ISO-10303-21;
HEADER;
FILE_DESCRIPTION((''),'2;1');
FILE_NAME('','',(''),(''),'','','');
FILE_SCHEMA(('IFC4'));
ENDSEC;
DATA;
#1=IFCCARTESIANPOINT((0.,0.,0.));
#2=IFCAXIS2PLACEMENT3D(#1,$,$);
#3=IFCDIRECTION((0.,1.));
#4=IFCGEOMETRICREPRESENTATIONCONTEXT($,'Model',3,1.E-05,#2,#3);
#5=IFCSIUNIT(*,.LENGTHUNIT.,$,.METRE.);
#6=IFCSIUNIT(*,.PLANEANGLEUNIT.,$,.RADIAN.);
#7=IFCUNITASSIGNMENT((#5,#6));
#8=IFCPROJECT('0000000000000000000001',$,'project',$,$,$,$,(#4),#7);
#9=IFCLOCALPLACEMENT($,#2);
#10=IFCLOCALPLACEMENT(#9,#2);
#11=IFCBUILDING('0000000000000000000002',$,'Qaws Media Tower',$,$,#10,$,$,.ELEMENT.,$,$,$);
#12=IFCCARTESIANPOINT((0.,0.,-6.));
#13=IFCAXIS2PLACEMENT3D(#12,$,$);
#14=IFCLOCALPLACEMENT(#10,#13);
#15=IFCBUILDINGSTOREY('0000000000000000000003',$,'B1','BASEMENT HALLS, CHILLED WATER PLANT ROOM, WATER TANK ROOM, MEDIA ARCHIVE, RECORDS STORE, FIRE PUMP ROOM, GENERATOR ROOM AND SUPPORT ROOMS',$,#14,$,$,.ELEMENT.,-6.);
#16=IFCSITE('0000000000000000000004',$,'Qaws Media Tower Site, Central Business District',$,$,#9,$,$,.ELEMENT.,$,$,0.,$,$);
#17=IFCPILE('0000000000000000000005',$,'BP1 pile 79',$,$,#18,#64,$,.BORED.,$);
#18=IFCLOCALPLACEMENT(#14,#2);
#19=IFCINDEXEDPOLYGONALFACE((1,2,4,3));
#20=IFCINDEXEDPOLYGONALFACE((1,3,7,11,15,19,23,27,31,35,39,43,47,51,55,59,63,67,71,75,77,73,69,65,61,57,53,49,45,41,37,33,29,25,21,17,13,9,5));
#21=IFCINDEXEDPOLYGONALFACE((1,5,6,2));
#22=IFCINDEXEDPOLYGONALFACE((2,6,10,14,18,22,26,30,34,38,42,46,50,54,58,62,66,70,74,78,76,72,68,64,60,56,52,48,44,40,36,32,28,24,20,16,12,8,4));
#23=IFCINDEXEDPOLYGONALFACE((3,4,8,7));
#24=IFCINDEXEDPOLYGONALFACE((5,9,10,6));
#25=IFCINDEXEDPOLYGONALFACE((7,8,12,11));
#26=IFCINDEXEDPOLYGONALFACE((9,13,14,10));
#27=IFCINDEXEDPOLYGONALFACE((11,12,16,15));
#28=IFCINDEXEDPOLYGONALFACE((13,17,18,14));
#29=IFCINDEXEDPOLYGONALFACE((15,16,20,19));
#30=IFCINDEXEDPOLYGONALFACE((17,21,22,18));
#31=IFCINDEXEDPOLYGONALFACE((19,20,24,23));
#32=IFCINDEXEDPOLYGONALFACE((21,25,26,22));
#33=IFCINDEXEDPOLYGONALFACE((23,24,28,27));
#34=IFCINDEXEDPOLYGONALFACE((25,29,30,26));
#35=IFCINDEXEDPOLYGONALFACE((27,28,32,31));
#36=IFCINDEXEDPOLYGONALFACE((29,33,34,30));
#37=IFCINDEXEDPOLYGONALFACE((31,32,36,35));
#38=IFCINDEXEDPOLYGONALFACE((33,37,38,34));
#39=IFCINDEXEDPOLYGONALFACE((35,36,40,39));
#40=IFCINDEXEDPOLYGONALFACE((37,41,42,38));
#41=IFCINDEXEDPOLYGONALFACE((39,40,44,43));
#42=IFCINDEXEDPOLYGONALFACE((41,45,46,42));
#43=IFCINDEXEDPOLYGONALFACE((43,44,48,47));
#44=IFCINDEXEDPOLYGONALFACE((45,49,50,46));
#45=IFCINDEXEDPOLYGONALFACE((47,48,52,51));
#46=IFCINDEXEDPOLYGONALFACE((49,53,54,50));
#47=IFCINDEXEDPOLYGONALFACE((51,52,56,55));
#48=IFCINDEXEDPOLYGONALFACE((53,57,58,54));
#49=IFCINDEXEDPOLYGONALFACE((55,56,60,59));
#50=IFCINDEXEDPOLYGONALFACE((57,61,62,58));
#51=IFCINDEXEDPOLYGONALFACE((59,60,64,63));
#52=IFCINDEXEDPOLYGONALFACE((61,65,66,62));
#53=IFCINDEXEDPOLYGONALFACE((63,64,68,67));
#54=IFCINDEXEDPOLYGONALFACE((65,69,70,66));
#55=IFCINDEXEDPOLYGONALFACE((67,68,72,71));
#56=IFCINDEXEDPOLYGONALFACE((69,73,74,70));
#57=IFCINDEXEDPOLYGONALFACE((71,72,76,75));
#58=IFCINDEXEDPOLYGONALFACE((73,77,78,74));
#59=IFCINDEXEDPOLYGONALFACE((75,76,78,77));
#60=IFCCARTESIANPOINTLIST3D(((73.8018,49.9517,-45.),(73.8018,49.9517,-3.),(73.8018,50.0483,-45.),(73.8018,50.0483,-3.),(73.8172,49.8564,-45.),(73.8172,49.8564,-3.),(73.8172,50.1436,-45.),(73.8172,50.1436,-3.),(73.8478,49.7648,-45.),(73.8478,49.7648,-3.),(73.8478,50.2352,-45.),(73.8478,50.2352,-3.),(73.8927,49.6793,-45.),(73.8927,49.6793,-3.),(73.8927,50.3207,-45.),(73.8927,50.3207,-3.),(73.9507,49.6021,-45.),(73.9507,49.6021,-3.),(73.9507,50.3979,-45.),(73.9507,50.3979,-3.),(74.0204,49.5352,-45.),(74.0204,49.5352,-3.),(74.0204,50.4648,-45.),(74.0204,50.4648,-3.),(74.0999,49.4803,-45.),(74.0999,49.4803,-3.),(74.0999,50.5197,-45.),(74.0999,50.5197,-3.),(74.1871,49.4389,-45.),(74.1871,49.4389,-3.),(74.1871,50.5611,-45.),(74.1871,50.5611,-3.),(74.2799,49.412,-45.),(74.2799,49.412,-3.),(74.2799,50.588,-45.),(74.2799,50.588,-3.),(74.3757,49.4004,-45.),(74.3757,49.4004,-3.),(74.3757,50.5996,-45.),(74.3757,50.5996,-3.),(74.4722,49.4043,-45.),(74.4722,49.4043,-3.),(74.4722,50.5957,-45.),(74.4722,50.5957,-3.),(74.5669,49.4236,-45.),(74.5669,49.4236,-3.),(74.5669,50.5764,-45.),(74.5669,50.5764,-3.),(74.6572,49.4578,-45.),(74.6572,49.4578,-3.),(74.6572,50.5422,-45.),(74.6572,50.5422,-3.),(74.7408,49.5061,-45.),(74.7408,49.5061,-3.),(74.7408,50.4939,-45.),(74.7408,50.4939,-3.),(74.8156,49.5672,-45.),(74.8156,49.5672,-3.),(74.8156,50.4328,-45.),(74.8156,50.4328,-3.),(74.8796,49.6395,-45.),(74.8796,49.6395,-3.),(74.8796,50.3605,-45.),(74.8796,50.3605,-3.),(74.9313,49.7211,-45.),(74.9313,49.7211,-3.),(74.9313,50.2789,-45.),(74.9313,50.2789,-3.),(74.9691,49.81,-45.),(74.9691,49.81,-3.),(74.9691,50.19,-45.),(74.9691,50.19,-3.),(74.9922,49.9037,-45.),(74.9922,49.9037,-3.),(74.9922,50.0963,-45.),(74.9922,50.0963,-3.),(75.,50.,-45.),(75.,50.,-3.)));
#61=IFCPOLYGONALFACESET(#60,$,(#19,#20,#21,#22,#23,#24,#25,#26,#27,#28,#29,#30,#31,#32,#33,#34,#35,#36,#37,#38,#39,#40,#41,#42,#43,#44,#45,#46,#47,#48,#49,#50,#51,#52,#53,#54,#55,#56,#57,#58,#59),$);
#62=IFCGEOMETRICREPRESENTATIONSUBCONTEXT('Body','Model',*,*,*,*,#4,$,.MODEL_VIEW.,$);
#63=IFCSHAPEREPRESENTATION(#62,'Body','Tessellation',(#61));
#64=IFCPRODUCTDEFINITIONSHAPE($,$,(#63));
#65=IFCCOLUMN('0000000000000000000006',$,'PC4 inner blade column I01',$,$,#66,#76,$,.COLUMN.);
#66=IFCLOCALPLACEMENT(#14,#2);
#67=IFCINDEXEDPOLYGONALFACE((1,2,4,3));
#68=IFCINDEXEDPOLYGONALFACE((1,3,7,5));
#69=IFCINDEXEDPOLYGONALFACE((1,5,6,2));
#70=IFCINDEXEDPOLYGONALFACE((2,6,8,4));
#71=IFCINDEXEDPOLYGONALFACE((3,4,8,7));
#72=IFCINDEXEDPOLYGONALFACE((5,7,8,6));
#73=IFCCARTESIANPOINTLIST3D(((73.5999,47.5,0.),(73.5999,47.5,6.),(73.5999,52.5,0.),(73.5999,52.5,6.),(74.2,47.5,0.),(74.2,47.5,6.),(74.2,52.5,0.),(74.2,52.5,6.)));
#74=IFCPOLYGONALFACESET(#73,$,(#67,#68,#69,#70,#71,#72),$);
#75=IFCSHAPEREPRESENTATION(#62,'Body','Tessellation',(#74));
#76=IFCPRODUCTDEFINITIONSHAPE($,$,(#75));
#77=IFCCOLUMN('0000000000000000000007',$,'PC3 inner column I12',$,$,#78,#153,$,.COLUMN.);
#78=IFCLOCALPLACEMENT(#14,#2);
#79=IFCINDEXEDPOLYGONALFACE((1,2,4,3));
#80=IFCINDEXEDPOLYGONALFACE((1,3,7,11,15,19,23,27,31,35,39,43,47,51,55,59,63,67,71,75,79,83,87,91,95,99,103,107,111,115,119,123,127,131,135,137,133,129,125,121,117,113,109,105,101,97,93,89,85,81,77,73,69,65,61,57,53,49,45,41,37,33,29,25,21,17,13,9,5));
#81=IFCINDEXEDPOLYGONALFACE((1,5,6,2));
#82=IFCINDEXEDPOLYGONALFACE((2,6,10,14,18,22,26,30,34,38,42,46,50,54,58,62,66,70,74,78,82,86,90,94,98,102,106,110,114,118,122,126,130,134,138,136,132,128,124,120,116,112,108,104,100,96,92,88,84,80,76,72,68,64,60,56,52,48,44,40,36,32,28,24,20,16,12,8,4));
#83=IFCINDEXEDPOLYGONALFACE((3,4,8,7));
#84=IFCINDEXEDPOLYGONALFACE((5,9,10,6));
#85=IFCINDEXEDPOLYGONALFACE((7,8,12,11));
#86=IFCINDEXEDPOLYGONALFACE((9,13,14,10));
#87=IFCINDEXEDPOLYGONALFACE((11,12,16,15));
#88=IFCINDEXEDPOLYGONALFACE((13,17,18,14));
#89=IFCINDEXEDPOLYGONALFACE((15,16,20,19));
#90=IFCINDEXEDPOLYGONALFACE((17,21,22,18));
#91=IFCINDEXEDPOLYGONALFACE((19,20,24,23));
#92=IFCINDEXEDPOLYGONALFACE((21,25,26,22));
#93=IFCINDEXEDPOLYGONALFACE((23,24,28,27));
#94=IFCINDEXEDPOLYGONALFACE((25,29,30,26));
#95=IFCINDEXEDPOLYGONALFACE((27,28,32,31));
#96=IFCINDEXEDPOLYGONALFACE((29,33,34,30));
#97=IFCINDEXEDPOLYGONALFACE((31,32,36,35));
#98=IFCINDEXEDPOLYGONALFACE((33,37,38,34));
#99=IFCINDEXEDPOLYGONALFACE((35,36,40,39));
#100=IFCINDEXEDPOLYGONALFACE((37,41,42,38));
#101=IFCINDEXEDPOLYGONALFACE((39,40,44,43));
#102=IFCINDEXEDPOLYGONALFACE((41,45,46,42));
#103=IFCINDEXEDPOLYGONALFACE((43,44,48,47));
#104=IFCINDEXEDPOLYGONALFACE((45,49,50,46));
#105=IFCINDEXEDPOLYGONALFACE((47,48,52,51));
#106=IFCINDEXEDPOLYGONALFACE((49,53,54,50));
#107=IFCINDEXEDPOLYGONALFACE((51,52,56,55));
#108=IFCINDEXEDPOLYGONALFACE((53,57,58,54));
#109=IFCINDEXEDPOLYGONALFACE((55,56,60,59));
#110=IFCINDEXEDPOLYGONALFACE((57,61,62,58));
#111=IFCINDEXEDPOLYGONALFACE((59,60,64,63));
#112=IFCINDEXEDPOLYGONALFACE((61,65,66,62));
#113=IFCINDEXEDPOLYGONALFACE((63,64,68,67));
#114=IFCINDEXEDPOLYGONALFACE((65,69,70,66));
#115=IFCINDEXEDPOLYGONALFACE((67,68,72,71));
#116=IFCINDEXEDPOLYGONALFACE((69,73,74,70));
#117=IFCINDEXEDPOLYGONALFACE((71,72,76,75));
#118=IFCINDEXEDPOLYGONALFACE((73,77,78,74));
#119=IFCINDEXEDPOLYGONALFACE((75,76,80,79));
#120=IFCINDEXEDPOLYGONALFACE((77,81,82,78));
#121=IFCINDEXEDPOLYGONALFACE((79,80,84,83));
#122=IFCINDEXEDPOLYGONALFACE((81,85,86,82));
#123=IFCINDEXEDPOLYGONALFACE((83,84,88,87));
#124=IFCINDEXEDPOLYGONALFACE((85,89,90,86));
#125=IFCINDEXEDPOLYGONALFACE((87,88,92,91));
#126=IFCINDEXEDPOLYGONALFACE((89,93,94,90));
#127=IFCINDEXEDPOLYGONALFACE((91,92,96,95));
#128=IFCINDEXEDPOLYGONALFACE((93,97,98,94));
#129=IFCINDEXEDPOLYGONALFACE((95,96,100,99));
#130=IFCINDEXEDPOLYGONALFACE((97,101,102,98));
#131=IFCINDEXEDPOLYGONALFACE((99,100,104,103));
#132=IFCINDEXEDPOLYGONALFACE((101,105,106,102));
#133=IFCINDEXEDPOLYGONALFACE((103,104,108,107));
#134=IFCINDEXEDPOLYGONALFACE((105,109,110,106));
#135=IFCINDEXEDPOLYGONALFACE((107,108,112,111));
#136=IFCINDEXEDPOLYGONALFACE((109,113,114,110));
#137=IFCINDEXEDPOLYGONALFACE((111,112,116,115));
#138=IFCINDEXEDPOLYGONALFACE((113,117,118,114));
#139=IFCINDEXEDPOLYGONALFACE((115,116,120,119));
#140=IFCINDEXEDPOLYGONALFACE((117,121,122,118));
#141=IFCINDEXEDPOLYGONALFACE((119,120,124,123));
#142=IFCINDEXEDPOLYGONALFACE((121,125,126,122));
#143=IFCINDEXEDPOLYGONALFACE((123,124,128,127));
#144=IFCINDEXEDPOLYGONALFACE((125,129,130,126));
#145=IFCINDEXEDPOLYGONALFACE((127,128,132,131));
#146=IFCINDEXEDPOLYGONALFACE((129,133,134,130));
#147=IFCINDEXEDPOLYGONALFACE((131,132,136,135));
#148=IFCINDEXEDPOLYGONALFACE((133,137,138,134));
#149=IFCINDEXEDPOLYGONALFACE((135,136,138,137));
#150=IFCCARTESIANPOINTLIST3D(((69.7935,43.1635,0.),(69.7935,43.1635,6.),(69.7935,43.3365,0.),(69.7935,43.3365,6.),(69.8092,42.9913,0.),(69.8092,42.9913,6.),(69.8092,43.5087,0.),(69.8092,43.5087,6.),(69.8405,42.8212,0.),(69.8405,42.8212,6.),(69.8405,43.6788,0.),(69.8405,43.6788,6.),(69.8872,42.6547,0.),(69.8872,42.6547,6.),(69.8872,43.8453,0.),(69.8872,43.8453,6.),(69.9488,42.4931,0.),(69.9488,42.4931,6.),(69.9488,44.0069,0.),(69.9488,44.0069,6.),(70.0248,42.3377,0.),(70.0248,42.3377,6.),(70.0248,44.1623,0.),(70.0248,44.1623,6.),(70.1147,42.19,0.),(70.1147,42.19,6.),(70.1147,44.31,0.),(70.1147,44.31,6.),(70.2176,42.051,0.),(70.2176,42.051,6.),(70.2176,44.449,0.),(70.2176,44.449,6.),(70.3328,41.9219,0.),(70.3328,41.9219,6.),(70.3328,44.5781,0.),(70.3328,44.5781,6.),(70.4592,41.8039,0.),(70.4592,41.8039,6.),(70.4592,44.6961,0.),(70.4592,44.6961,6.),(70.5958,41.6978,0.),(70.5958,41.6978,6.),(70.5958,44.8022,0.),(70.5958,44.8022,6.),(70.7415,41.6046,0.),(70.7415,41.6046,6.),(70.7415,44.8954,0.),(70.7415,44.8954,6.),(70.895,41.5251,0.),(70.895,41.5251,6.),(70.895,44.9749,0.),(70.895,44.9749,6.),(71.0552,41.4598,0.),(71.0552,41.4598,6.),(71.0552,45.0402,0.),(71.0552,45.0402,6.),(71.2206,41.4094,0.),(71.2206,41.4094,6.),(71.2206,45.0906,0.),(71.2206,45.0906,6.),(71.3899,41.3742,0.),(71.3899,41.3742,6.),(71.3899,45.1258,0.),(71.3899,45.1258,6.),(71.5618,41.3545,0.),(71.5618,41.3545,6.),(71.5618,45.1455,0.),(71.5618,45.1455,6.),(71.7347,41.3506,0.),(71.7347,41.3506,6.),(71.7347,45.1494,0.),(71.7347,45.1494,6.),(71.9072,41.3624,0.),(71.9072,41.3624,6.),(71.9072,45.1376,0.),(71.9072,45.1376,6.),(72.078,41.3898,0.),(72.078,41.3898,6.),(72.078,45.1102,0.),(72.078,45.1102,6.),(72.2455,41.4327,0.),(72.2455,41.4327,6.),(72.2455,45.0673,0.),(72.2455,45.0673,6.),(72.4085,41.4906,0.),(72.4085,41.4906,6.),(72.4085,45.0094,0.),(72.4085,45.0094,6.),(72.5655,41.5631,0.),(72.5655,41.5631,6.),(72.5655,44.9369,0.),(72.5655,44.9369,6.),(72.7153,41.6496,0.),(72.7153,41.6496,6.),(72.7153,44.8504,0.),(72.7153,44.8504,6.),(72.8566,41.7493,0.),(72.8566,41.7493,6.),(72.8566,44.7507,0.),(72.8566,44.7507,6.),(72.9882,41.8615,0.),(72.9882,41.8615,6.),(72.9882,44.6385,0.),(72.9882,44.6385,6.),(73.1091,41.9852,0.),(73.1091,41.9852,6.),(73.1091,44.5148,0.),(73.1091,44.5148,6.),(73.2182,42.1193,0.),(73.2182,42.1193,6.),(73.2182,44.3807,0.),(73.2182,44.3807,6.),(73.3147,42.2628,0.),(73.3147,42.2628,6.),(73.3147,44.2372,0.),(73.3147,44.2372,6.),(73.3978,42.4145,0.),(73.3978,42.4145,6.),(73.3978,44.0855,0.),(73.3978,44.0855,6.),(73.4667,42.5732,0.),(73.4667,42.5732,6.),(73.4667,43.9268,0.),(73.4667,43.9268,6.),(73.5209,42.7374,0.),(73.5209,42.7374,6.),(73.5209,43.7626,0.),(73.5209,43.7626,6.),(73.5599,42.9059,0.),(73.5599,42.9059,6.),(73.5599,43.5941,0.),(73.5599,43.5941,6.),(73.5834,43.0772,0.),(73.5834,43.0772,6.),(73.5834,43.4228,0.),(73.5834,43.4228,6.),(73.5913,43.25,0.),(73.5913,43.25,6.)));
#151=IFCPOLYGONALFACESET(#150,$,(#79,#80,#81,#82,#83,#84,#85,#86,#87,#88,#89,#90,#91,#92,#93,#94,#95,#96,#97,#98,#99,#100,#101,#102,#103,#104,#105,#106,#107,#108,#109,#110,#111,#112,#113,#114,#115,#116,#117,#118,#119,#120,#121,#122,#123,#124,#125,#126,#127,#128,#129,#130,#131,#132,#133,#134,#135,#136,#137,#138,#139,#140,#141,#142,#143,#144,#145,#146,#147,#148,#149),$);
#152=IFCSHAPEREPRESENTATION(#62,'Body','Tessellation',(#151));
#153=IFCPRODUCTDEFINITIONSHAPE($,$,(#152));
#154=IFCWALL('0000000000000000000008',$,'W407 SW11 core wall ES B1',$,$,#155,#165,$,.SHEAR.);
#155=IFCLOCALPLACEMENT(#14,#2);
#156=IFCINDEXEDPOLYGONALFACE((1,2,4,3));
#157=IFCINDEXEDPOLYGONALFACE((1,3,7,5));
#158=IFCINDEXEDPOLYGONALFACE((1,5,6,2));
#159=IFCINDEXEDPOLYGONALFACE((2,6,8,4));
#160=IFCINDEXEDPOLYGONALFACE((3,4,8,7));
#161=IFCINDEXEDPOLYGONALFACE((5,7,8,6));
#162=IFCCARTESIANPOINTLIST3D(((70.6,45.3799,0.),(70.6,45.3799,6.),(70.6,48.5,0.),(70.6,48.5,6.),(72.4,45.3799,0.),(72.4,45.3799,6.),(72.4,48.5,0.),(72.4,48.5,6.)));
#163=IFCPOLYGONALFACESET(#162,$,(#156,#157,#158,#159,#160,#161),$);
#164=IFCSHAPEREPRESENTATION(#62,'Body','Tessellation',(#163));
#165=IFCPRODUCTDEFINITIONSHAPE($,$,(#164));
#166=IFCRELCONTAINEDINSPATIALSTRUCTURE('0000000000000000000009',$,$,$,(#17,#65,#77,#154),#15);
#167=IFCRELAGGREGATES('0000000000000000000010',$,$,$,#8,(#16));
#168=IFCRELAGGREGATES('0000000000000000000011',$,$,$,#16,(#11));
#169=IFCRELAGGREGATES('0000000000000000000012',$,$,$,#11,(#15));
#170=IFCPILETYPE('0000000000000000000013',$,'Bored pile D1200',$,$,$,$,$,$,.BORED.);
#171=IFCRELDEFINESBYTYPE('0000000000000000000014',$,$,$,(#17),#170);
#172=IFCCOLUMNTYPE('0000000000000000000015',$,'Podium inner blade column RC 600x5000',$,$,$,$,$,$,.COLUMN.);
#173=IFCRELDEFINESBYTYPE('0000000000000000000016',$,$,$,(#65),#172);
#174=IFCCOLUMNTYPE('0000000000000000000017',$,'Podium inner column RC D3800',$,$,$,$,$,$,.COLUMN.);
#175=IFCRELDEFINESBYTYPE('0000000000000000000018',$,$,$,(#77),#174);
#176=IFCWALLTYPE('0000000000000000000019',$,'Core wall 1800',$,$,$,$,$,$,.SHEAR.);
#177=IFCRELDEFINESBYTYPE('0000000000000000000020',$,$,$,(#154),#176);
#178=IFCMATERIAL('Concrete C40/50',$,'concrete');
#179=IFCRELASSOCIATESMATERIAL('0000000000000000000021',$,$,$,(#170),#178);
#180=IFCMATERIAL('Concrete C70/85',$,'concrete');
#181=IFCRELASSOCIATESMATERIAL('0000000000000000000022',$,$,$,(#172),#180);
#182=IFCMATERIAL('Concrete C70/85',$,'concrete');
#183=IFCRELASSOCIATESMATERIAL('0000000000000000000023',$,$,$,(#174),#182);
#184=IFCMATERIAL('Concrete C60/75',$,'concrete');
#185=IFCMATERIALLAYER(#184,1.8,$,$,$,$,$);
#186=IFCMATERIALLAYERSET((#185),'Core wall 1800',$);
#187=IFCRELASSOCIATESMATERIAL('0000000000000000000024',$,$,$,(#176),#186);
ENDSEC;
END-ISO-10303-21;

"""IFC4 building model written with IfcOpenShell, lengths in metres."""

from ifc_helpers import new_model, si_unit, direction, frame, frame_2d, origin, origin_2d, place, context, subcontext, project, spatial, rectangle, circle, extrude, material, layer, layer_set, material_profile, profile_set, type_object, element, save


model = new_model("IFC4")

# Units and contexts
model_context = context("Model", 3, precision=1e-05, world=origin(), true_north=direction((0.0, 1.0)))
body_context = subcontext(model_context, "Body", "Model", "MODEL_VIEW")
ifc_project = project(units=[si_unit("LENGTHUNIT", "METRE"), si_unit("PLANEANGLEUNIT", "RADIAN")], contexts=[model_context])

# Site, building, storey
site_placement = place(None, origin())
site = spatial("IfcSite", under=ifc_project, at=site_placement, Name="Qaws Media Tower Site, Central Business District", CompositionType="ELEMENT", RefElevation=0.0)
building_placement = place(site_placement, origin())
building = spatial("IfcBuilding", under=site, at=building_placement, Name="Qaws Media Tower", CompositionType="ELEMENT")
storey_placement = place(building_placement, frame((0.0, 0.0, -6.0)))
storey = spatial("IfcBuildingStorey", under=building, at=storey_placement, Name="B1", Description="BASEMENT HALLS, CHILLED WATER PLANT ROOM, WATER TANK ROOM, MEDIA ARCHIVE, RECORDS STORE, FIRE PUMP ROOM, GENERATOR ROOM AND SUPPORT ROOMS", CompositionType="ELEMENT", Elevation=-6.0)

# Pile
ifc_material_1 = material(Name="Concrete C40/50", Category="concrete")
ifc_material_profile_1 = material_profile(ifc_material_1, circle(Radius=0.6001, at=origin_2d()), Name="D1200")
ifc_profile_set_1 = profile_set([ifc_material_profile_1], Name="Concrete C40/50")
pile_type = type_object("IfcPileType", Name="Bored pile D1200", PredefinedType="BORED", material=ifc_profile_set_1)
for number, where, z_axis, x_axis, name in (
    (1, (74.3999, 50.0, -3.0), (0.0, 0.0, -1.0), (1.0, 0.0, 0.0), "BP1 pile 79"),
):
    element("IfcPile", number, at=place(storey_placement, frame(where, z_axis=z_axis, x_axis=x_axis)), inside=storey, type_object=pile_type, Name=name, PredefinedType="BORED", context=body_context, shape_type="SweptSolid", body=[
        extrude(circle(Radius=0.6001, at=origin_2d()), origin(), (0.0, 0.0, 1.0), 42.0),
    ])

# Columns
ifc_material_2 = material(Name="Concrete C70/85", Category="concrete")
ifc_material_profile_2 = material_profile(ifc_material_2, rectangle(XDim=0.6001, YDim=5.0, at=origin_2d()), Name="RC 600x5000")
ifc_profile_set_2 = profile_set([ifc_material_profile_2], Name="Concrete C70/85")
column_type_1 = type_object("IfcColumnType", Name="Podium inner blade column RC 600x5000", PredefinedType="COLUMN", material=ifc_profile_set_2)
column_1_placement = place(storey_placement, frame((73.8999, 50.0, 0.0), z_axis=(0.0, 0.0, 1.0), x_axis=(1.0, 0.0, 0.0)))
element("IfcColumn", 2, at=column_1_placement, inside=storey, type_object=column_type_1, Name="PC4 inner blade column I01", PredefinedType="COLUMN", context=body_context, shape_type="SweptSolid", body=[
    extrude(rectangle(XDim=0.6001, YDim=5.0, at=origin_2d()), origin(), (0.0, 0.0, 1.0), 6.0),
])
ifc_material_3 = material(Name="Concrete C70/85", Category="concrete")
ifc_material_profile_3 = material_profile(ifc_material_3, circle(Radius=1.8999, at=origin_2d()), Name="RC D3800")
ifc_profile_set_3 = profile_set([ifc_material_profile_3], Name="Concrete C70/85")
column_type_2 = type_object("IfcColumnType", Name="Podium inner column RC D3800", PredefinedType="COLUMN", material=ifc_profile_set_3)
column_2_placement = place(storey_placement, frame((71.6914, 43.25, 0.0), z_axis=(0.0, 0.0, 1.0), x_axis=(1.0, 0.0, 0.0)))
element("IfcColumn", 3, at=column_2_placement, inside=storey, type_object=column_type_2, Name="PC3 inner column I12", PredefinedType="COLUMN", context=body_context, shape_type="SweptSolid", body=[
    extrude(circle(Radius=1.8999, at=origin_2d()), origin(), (0.0, 0.0, 1.0), 6.0),
])

# Wall
ifc_material_4 = material(Name="Concrete C60/75", Category="concrete")
ifc_layer_1 = layer(ifc_material_4, 1.8)
ifc_layer_set_1 = layer_set([ifc_layer_1], Name="Core wall 1800")
wall_type_1 = type_object("IfcWallType", Name="Core wall 1800", PredefinedType="SHEAR", material=ifc_layer_set_1)
wall_1_placement = place(storey_placement, frame((71.5, 45.3799, 0.0), z_axis=(0.0, 0.0, 1.0), x_axis=(0.0, 1.0, 0.0)))
element("IfcWall", 4, at=wall_1_placement, inside=storey, type_object=wall_type_1, Name="W407 SW11 core wall ES B1", PredefinedType="SHEAR", context=body_context, shape_type="SweptSolid", body=[
    extrude(rectangle(XDim=3.1201, YDim=1.8, at=frame_2d((1.5601, 0.0))), origin(), (0.0, 0.0, 1.0), 6.0),
])

save(model, "model.ifc")
